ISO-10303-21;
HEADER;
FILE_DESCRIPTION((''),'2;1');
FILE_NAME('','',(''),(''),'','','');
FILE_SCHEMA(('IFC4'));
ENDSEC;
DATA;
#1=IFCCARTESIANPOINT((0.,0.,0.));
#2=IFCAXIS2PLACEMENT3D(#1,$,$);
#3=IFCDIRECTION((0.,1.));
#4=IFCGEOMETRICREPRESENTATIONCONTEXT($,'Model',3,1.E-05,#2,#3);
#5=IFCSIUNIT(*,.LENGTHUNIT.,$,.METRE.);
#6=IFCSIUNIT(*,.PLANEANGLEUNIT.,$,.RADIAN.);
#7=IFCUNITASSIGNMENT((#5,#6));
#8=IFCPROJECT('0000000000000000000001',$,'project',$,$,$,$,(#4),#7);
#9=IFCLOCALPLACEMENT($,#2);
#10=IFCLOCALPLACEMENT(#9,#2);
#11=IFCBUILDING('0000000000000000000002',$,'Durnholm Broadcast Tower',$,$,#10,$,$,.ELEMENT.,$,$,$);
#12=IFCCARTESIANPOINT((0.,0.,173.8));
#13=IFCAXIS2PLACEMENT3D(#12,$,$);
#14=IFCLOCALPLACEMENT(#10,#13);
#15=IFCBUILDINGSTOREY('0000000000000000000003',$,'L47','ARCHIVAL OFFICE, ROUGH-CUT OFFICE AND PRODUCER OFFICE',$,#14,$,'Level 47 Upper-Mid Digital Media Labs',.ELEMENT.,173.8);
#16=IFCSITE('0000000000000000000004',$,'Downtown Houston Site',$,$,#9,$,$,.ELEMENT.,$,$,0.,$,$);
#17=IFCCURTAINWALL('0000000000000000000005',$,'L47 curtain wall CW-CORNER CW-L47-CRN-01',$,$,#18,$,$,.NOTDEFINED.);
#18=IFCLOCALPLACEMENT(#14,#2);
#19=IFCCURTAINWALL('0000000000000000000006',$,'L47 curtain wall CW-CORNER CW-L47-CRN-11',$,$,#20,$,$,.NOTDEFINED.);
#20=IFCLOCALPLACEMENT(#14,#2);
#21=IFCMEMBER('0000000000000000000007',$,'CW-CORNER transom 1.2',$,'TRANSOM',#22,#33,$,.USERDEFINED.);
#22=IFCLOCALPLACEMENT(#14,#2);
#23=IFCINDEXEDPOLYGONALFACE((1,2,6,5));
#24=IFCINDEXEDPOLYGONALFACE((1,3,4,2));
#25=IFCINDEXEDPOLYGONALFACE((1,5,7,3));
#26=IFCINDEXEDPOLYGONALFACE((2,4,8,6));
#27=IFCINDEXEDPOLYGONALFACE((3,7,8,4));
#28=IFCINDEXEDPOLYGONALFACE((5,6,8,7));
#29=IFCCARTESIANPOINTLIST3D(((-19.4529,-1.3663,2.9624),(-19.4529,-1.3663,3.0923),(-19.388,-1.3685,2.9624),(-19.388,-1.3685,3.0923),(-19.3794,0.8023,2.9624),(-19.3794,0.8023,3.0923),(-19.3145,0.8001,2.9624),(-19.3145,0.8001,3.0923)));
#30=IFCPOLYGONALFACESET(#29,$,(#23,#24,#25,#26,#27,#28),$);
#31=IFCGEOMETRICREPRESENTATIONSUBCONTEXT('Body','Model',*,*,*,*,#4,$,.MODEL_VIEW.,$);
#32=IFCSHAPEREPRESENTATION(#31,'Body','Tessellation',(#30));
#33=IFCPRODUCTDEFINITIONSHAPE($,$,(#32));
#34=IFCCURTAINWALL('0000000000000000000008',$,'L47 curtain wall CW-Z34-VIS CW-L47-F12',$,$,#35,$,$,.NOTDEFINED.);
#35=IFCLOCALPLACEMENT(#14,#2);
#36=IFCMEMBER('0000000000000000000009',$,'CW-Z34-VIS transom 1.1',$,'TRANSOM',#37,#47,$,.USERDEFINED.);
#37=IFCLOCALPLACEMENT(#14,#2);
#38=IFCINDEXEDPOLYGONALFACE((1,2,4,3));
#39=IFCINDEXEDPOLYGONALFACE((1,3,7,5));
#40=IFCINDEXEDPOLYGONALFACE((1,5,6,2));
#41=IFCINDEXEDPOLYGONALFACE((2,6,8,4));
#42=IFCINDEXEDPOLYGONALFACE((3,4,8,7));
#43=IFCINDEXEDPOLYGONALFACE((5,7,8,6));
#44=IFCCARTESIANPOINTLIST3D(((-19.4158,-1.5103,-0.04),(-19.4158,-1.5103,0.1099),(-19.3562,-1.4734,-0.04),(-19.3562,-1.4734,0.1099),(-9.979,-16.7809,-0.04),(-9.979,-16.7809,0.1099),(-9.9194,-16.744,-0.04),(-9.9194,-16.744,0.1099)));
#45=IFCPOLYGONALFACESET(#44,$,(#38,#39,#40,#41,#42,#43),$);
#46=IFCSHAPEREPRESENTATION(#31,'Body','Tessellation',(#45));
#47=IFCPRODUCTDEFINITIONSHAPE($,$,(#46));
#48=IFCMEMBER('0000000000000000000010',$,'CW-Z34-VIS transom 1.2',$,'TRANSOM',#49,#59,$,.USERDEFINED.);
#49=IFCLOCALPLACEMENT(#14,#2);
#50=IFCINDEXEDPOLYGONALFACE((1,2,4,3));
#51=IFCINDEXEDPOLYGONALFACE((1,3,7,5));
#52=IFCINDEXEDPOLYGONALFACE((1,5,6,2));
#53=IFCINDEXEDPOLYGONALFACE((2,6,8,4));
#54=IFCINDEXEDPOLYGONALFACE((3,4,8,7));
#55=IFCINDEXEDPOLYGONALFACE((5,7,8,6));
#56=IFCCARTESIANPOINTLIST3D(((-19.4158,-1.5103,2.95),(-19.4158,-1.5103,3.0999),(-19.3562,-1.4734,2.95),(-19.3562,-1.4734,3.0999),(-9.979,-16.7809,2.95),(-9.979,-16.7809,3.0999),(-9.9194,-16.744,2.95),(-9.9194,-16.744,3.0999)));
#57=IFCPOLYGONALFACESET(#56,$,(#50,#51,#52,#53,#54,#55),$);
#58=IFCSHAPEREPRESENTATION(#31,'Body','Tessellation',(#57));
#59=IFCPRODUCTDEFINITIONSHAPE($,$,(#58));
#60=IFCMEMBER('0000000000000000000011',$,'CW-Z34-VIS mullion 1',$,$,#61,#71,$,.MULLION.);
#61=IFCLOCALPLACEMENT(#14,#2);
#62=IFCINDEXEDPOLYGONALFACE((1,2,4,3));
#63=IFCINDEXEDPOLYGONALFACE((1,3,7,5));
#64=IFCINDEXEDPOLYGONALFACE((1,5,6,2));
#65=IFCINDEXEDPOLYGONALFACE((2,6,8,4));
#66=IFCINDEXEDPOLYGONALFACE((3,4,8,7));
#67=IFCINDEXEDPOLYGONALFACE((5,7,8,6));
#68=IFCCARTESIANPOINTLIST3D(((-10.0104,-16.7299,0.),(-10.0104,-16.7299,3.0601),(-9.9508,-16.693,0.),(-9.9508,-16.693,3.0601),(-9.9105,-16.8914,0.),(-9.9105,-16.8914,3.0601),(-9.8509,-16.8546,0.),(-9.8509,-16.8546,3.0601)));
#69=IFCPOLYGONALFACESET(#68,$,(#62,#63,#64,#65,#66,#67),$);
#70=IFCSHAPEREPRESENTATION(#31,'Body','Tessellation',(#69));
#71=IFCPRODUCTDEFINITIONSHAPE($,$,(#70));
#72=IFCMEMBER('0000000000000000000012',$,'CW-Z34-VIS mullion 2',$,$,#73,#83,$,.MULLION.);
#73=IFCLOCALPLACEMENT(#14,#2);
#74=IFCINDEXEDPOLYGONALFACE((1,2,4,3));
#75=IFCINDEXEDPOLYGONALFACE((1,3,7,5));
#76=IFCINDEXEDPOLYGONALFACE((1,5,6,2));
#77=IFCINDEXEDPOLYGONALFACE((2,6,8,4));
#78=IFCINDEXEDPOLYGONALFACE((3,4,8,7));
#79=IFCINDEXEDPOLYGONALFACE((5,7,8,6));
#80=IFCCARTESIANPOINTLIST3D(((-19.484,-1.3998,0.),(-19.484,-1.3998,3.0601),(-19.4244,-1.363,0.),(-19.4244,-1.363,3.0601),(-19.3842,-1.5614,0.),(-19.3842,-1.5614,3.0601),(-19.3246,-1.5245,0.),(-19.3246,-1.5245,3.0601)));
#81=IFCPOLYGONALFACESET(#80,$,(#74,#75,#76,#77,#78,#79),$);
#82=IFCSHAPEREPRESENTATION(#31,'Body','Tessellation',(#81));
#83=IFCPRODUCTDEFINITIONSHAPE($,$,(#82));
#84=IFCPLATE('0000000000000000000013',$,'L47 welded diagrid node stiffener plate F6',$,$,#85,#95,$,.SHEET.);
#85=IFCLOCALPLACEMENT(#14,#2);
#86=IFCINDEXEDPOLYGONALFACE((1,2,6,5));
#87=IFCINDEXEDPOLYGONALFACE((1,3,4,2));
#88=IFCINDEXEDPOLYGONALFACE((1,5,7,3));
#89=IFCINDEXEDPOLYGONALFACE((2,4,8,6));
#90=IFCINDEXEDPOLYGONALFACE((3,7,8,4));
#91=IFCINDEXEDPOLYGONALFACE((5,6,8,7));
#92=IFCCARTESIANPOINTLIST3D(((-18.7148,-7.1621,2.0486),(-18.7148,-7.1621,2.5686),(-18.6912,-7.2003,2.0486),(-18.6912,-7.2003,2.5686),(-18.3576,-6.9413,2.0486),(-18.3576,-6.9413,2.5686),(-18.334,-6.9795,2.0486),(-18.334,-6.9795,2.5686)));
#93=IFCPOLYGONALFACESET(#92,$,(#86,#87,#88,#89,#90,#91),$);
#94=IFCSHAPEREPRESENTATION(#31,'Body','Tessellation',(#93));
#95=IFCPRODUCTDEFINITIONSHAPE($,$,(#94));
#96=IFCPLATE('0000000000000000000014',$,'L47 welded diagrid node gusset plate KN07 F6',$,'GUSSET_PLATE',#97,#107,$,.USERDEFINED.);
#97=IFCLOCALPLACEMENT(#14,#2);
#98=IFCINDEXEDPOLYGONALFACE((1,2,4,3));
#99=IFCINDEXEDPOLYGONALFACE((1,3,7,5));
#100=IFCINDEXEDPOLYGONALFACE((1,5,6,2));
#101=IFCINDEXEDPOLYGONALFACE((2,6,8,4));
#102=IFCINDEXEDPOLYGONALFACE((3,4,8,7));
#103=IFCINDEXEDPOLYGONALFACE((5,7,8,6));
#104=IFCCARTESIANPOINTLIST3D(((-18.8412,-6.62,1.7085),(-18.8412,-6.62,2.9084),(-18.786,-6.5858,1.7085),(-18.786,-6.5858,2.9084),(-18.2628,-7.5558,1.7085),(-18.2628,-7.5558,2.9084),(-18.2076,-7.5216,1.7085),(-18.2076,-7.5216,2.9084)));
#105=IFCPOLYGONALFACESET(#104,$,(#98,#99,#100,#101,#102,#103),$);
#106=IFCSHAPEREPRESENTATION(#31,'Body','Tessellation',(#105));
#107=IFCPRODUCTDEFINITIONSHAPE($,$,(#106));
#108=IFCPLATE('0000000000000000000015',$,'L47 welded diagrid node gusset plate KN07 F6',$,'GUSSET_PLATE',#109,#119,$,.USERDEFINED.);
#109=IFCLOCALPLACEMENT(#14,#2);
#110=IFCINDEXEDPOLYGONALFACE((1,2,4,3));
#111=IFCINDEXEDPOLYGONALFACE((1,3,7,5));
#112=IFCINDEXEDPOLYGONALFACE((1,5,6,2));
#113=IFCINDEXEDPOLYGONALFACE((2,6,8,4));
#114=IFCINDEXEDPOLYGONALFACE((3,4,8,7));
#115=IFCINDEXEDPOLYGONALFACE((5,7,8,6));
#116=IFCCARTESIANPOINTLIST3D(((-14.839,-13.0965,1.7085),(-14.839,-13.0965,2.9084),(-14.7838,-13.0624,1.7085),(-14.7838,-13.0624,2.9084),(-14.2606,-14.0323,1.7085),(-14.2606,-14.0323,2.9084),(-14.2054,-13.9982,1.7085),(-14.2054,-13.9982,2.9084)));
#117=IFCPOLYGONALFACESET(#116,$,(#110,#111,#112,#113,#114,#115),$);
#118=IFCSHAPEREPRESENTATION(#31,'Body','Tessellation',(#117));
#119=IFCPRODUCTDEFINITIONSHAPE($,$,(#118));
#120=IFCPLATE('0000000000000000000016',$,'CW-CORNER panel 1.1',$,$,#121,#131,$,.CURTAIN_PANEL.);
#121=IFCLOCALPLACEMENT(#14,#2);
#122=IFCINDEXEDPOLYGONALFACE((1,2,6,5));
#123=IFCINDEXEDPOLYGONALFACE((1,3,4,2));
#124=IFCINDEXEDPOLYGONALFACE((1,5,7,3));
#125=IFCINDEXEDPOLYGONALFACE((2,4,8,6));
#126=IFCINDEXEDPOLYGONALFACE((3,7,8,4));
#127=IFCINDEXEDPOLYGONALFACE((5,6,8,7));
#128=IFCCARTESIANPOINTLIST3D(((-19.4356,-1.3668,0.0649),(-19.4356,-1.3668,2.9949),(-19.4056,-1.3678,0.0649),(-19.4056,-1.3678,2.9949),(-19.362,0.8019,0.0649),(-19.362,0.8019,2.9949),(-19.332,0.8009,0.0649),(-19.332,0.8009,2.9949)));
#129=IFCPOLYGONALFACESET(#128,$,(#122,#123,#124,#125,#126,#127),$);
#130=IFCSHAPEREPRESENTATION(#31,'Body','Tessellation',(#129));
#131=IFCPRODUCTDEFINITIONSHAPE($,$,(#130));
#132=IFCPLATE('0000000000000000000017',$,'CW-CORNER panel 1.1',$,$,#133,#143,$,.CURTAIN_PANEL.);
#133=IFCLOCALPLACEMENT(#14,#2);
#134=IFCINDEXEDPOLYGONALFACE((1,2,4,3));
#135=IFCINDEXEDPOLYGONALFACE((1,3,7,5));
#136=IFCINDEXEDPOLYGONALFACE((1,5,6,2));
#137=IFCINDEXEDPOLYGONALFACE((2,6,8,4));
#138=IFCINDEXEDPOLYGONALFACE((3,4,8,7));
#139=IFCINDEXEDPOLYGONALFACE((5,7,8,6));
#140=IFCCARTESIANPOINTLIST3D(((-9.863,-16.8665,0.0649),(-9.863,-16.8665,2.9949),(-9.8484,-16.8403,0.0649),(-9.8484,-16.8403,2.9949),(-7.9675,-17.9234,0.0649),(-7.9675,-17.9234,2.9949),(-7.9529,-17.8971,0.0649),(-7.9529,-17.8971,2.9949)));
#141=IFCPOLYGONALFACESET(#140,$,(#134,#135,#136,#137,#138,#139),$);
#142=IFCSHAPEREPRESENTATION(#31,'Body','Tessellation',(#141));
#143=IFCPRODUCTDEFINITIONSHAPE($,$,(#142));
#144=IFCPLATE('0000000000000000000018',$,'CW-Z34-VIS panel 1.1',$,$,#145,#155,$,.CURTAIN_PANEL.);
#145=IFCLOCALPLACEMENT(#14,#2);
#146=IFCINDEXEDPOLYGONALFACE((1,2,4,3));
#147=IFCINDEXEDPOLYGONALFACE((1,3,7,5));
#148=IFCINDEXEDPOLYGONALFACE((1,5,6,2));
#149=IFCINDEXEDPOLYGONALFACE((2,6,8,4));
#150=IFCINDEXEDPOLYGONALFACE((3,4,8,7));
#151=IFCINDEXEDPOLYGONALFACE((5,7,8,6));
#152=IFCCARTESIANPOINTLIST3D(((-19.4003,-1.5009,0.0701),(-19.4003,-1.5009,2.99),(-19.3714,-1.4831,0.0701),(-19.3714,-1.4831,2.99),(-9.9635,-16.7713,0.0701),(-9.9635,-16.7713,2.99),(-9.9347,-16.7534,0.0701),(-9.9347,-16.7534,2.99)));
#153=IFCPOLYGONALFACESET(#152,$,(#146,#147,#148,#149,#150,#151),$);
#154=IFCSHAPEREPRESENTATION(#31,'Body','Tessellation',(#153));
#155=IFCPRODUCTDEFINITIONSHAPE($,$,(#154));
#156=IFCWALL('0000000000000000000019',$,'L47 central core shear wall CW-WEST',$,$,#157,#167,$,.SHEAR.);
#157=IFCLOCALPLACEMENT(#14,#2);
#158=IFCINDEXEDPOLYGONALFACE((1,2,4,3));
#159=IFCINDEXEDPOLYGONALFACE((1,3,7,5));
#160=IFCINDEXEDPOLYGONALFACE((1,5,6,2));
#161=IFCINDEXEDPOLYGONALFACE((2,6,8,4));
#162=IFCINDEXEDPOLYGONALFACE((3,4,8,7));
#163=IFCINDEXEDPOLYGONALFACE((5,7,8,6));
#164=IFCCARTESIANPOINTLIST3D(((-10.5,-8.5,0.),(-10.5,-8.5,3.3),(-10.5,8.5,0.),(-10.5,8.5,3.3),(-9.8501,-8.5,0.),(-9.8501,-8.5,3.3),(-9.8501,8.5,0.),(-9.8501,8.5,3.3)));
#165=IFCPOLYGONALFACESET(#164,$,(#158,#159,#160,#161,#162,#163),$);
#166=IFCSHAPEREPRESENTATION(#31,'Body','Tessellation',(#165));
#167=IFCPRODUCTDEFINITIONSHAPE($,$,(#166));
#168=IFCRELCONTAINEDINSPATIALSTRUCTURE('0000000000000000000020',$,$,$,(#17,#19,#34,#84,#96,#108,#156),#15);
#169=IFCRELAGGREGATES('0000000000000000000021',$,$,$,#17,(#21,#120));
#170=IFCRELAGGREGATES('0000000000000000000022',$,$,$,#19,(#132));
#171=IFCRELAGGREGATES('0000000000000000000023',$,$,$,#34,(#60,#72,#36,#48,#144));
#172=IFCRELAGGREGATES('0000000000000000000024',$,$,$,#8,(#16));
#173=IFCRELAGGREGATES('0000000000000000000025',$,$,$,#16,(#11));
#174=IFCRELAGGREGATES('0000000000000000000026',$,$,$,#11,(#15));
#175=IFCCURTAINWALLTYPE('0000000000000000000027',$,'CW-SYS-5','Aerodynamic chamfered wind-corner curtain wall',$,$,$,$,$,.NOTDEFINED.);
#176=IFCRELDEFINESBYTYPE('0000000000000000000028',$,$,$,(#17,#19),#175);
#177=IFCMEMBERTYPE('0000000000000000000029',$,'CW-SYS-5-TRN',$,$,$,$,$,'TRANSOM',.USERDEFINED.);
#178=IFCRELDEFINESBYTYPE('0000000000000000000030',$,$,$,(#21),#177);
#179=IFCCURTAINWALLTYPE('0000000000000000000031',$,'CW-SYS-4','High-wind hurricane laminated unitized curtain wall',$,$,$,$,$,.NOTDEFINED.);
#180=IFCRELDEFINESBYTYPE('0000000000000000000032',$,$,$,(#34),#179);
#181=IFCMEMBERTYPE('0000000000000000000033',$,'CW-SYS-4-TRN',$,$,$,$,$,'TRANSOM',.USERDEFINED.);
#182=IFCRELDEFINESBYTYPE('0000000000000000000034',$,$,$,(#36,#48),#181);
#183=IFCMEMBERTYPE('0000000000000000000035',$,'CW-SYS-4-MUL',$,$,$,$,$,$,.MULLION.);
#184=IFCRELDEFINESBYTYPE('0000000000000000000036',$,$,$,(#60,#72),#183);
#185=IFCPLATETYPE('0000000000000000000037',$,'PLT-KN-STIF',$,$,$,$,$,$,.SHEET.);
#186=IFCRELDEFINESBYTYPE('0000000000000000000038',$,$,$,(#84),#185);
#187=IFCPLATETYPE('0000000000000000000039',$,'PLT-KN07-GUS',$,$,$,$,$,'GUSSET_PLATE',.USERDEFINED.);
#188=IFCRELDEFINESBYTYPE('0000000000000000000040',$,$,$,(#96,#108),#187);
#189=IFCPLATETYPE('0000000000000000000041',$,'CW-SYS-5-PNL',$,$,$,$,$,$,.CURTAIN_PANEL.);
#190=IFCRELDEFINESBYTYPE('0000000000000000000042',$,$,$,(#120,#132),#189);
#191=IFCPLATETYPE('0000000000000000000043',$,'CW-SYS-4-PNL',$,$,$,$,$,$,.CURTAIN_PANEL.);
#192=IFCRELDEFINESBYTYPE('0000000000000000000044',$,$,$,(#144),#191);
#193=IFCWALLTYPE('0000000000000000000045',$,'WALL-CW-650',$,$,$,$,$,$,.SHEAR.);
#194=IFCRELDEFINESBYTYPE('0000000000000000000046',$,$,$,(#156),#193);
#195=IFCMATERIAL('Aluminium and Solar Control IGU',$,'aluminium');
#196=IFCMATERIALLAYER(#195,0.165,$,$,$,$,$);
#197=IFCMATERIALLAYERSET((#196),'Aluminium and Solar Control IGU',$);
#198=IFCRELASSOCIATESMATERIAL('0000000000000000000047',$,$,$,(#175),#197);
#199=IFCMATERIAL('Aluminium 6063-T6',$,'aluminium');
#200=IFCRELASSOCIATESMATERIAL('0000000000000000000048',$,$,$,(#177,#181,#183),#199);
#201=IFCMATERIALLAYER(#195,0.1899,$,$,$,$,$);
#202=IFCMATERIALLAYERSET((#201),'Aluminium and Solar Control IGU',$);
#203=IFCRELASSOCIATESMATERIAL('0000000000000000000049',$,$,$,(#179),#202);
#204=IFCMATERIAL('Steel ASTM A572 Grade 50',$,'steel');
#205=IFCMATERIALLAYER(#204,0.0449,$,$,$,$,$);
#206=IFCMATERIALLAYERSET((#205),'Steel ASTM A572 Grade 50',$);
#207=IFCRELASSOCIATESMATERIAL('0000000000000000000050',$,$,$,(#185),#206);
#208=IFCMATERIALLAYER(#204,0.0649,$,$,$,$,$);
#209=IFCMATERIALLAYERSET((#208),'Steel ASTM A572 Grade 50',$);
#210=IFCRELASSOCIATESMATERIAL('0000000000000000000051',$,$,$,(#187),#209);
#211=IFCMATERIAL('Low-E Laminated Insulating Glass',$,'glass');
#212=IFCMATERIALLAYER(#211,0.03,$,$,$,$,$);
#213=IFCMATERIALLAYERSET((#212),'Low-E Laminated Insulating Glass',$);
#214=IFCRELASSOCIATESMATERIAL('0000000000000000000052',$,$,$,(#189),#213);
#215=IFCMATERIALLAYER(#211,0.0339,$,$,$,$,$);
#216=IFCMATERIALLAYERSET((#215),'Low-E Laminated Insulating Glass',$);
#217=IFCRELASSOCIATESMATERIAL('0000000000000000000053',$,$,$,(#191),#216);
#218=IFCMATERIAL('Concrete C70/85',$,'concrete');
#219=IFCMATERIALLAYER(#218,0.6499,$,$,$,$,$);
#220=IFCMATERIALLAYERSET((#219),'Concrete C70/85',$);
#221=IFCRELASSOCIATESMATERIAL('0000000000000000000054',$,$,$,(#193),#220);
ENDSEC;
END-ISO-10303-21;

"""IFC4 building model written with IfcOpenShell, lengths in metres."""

from ifc_helpers import new_model, si_unit, direction, frame, frame_2d, origin, origin_2d, place, context, subcontext, project, spatial, rectangle, extrude, source, transform, mapped, material, layer, layer_set, material_profile, profile_set, type_object, type_shapes, element, aggregate, save


model = new_model("IFC4")

# Units and contexts
model_context = context("Model", 3, precision=1e-05, world=origin(), true_north=direction((0.0, 1.0)))
body_context = subcontext(model_context, "Body", "Model", "MODEL_VIEW")
ifc_project = project(units=[si_unit("LENGTHUNIT", "METRE"), si_unit("PLANEANGLEUNIT", "RADIAN")], contexts=[model_context])

# Site, building, storey
site_placement = place(None, origin())
site = spatial("IfcSite", under=ifc_project, at=site_placement, Name="Downtown Houston Site", CompositionType="ELEMENT", RefElevation=0.0)
building_placement = place(site_placement, origin())
building = spatial("IfcBuilding", under=site, at=building_placement, Name="Durnholm Broadcast Tower", CompositionType="ELEMENT")
storey_placement = place(building_placement, frame((0.0, 0.0, 173.8)))
storey = spatial("IfcBuildingStorey", under=building, at=storey_placement, Name="L47", Description="ARCHIVAL OFFICE, ROUGH-CUT OFFICE AND PRODUCER OFFICE", LongName="Level 47 Upper-Mid Digital Media Labs", CompositionType="ELEMENT", Elevation=173.8)

# Shared definitions
ifc_material_1 = material(Name="Concrete C70/85", Category="concrete")

# Curtain walls
ifc_material_2 = material(Name="Aluminium and Solar Control IGU", Category="aluminium")
ifc_layer_1 = layer(ifc_material_2, 0.165)
ifc_layer_set_1 = layer_set([ifc_layer_1], Name="Aluminium and Solar Control IGU")
curtain_wall_type_1 = type_object("IfcCurtainWallType", Name="CW-SYS-5", Description="Aerodynamic chamfered wind-corner curtain wall", PredefinedType="NOTDEFINED", material=ifc_layer_set_1)
curtain_wall_1_placement = place(storey_placement, origin())
curtain_wall_1 = element("IfcCurtainWall", 1, at=curtain_wall_1_placement, inside=storey, type_object=curtain_wall_type_1, Name="L47 curtain wall CW-CORNER CW-L47-CRN-01", PredefinedType="NOTDEFINED")
ifc_material_3 = material(Name="Aluminium 6063-T6", Category="aluminium")
curtain_wall_2_placement = place(storey_placement, origin())
curtain_wall_2 = element("IfcCurtainWall", 2, at=curtain_wall_2_placement, inside=storey, type_object=curtain_wall_type_1, Name="L47 curtain wall CW-CORNER CW-L47-CRN-11", PredefinedType="NOTDEFINED")

# Member
ifc_material_profile_1 = material_profile(ifc_material_3, rectangle(XDim=0.0649, YDim=0.1299, at=origin_2d()), Name="CWT65X130")
ifc_profile_set_1 = profile_set([ifc_material_profile_1], Name="Aluminium 6063-T6")
member_type_1 = type_object("IfcMemberType", Name="CW-SYS-5-TRN", ElementType="TRANSOM", PredefinedType="USERDEFINED", material=ifc_profile_set_1)
shared_shape_1 = source(origin(), body_context, "Body", "SweptSolid", [
    extrude(rectangle(XDim=0.0649, YDim=0.1299, at=origin_2d()), origin(), (0.0, 0.0, 1.0), 2.1699),
])
type_shapes(member_type_1, [shared_shape_1])
member_1_placement = place(storey_placement, frame((-19.4204, -1.3674, 3.0273), z_axis=(0.033866, 0.999426, 0.0), x_axis=(-0.999426, 0.033866, 0.0)))
member_1 = element("IfcMember", 3, at=member_1_placement, type_object=member_type_1, Name="CW-CORNER transom 1.2", ObjectType="TRANSOM", PredefinedType="USERDEFINED", context=body_context, shape_type="MappedRepresentation", body=[
    mapped(shared_shape_1, transform((0.0, 0.0, 0.0), x_axis=(1.0, 0.0, 0.0), y_axis=(0.0, 1.0, 0.0), z_axis=(0.0, 0.0, 1.0), scale=1.0)),
])

# Curtain wall, members
ifc_layer_2 = layer(ifc_material_2, 0.1899)
ifc_layer_set_2 = layer_set([ifc_layer_2], Name="Aluminium and Solar Control IGU")
curtain_wall_type_2 = type_object("IfcCurtainWallType", Name="CW-SYS-4", Description="High-wind hurricane laminated unitized curtain wall", PredefinedType="NOTDEFINED", material=ifc_layer_set_2)
curtain_wall_3_placement = place(storey_placement, origin())
curtain_wall_3 = element("IfcCurtainWall", 4, at=curtain_wall_3_placement, inside=storey, type_object=curtain_wall_type_2, Name="L47 curtain wall CW-Z34-VIS CW-L47-F12", PredefinedType="NOTDEFINED")
ifc_material_profile_2 = material_profile(ifc_material_3, rectangle(XDim=0.0701, YDim=0.1499, at=origin_2d()), Name="CWT70X150")
ifc_profile_set_2 = profile_set([ifc_material_profile_2], Name="Aluminium 6063-T6")
member_type_2 = type_object("IfcMemberType", Name="CW-SYS-4-TRN", ElementType="TRANSOM", PredefinedType="USERDEFINED", material=ifc_profile_set_2)
shared_shape_2 = source(origin(), body_context, "Body", "SweptSolid", [
    extrude(rectangle(XDim=0.0701, YDim=0.1499, at=origin_2d()), origin(), (0.0, 0.0, 1.0), 17.9512),
])
type_shapes(member_type_2, [shared_shape_2])
member_2_placement = place(storey_placement, frame((-9.9492, -16.7625, 0.0349), z_axis=(-0.525694, 0.850674, 0.0), x_axis=(-0.850674, -0.525694, 0.0)))
member_2 = element("IfcMember", 5, at=member_2_placement, type_object=member_type_2, Name="CW-Z34-VIS transom 1.1", ObjectType="TRANSOM", PredefinedType="USERDEFINED", context=body_context, shape_type="MappedRepresentation", body=[
    mapped(shared_shape_2, transform((0.0, 0.0, 0.0), x_axis=(1.0, 0.0, 0.0), y_axis=(0.0, 1.0, 0.0), z_axis=(0.0, 0.0, 1.0), scale=1.0)),
])
member_3_placement = place(storey_placement, frame((-9.9492, -16.7625, 3.0249), z_axis=(-0.525694, 0.850674, 0.0), x_axis=(-0.850674, -0.525694, 0.0)))
member_3 = element("IfcMember", 6, at=member_3_placement, type_object=member_type_2, Name="CW-Z34-VIS transom 1.2", ObjectType="TRANSOM", PredefinedType="USERDEFINED", context=body_context, shape_type="MappedRepresentation", body=[
    mapped(shared_shape_2, transform((0.0, 0.0, 0.0), x_axis=(1.0, 0.0, 0.0), y_axis=(0.0, 1.0, 0.0), z_axis=(0.0, 0.0, 1.0), scale=1.0)),
])
ifc_material_profile_3 = material_profile(ifc_material_3, rectangle(XDim=0.0701, YDim=0.1899, at=origin_2d()), Name="CWM70X190")
ifc_profile_set_3 = profile_set([ifc_material_profile_3], Name="Aluminium 6063-T6")
member_type_3 = type_object("IfcMemberType", Name="CW-SYS-4-MUL", PredefinedType="MULLION", material=ifc_profile_set_3)
shared_shape_3 = source(origin(), body_context, "Body", "SweptSolid", [
    extrude(rectangle(XDim=0.0701, YDim=0.1899, at=origin_2d()), origin(), (0.0, 0.0, 1.0), 3.0601),
])
type_shapes(member_type_3, [shared_shape_3])
member_4_placement = place(storey_placement, frame((-9.9307, -16.7922, 0.0), z_axis=(0.0, 0.0, 1.0), x_axis=(-0.850671, -0.525698, 0.0)))
member_4 = element("IfcMember", 7, at=member_4_placement, type_object=member_type_3, Name="CW-Z34-VIS mullion 1", PredefinedType="MULLION", context=body_context, shape_type="MappedRepresentation", body=[
    mapped(shared_shape_3, transform((0.0, 0.0, 0.0), x_axis=(1.0, 0.0, 0.0), y_axis=(0.0, 1.0, 0.0), z_axis=(0.0, 0.0, 1.0), scale=1.0)),
])
member_5_placement = place(storey_placement, frame((-19.4043, -1.4622, 0.0), z_axis=(0.0, 0.0, 1.0), x_axis=(-0.850671, -0.525698, 0.0)))
member_5 = element("IfcMember", 8, at=member_5_placement, type_object=member_type_3, Name="CW-Z34-VIS mullion 2", PredefinedType="MULLION", context=body_context, shape_type="MappedRepresentation", body=[
    mapped(shared_shape_3, transform((0.0, 0.0, 0.0), x_axis=(1.0, 0.0, 0.0), y_axis=(0.0, 1.0, 0.0), z_axis=(0.0, 0.0, 1.0), scale=1.0)),
])

# Plates
ifc_material_4 = material(Name="Steel ASTM A572 Grade 50", Category="steel")
ifc_layer_3 = layer(ifc_material_4, 0.0449)
ifc_layer_set_3 = layer_set([ifc_layer_3], Name="Steel ASTM A572 Grade 50")
plate_type_1 = type_object("IfcPlateType", Name="PLT-KN-STIF", PredefinedType="SHEET", material=ifc_layer_set_3)
shared_shape_4 = source(origin(), body_context, "Body", "SweptSolid", [
    extrude(rectangle(XDim=0.0449, YDim=0.4199, at=origin_2d()), origin(), (0.0, 0.0, 1.0), 0.52),
])
type_shapes(plate_type_1, [shared_shape_4])
plate_1_placement = place(storey_placement, frame((-18.5244, -7.0708, 2.0486), z_axis=(0.0, 0.0, 1.0), x_axis=(0.525769, -0.850628, 0.0)))
element("IfcPlate", 9, at=plate_1_placement, inside=storey, type_object=plate_type_1, Name="L47 welded diagrid node stiffener plate F6", PredefinedType="SHEET", context=body_context, shape_type="MappedRepresentation", body=[
    mapped(shared_shape_4, transform((0.0, 0.0, 0.0), x_axis=(1.0, 0.0, 0.0), y_axis=(0.0, 1.0, 0.0), z_axis=(0.0, 0.0, 1.0), scale=1.0)),
])
ifc_layer_4 = layer(ifc_material_4, 0.0649)
ifc_layer_set_4 = layer_set([ifc_layer_4], Name="Steel ASTM A572 Grade 50")
plate_type_2 = type_object("IfcPlateType", Name="PLT-KN07-GUS", ElementType="GUSSET_PLATE", PredefinedType="USERDEFINED", material=ifc_layer_set_4)
shared_shape_5 = source(origin(), body_context, "Body", "SweptSolid", [
    extrude(rectangle(XDim=1.1001, YDim=0.0649, at=origin_2d()), origin(), (0.0, 0.0, 1.0), 1.2),
])
type_shapes(plate_type_2, [shared_shape_5])
for number, where, z_axis, x_axis, name in (
    (10, (-18.5244, -7.0708, 1.7085), (0.0, 0.0, 1.0), (0.525769, -0.850628, 0.0), "L47 welded diagrid node gusset plate KN07 F6"),
    (11, (-14.5222, -13.5474, 1.7085), (0.0, 0.0, 1.0), (0.525769, -0.850628, 0.0), "L47 welded diagrid node gusset plate KN07 F6"),
):
    element("IfcPlate", number, at=place(storey_placement, frame(where, z_axis=z_axis, x_axis=x_axis)), inside=storey, type_object=plate_type_2, Name=name, ObjectType="GUSSET_PLATE", PredefinedType="USERDEFINED", context=body_context, shape_type="MappedRepresentation", body=[
        mapped(shared_shape_5, transform((0.0, 0.0, 0.0), x_axis=(1.0, 0.0, 0.0), y_axis=(0.0, 1.0, 0.0), z_axis=(0.0, 0.0, 1.0), scale=1.0)),
    ])

# Plates
ifc_material_5 = material(Name="Low-E Laminated Insulating Glass", Category="glass")
ifc_layer_5 = layer(ifc_material_5, 0.03)
ifc_layer_set_5 = layer_set([ifc_layer_5], Name="Low-E Laminated Insulating Glass")
plate_type_3 = type_object("IfcPlateType", Name="CW-SYS-5-PNL", PredefinedType="CURTAIN_PANEL", material=ifc_layer_set_5)
shared_shape_6 = source(origin(), body_context, "Body", "SweptSolid", [
    extrude(rectangle(XDim=2.1699, YDim=0.03, at=origin_2d()), origin(), (0.0, 0.0, 1.0), 2.9299),
])
plate_2_placement = place(storey_placement, frame((-19.3838, -0.283, 0.0649), z_axis=(0.0, 0.0, 1.0), x_axis=(0.033913, 0.999425, 0.0)))
plate_2 = element("IfcPlate", 12, at=plate_2_placement, type_object=plate_type_3, Name="CW-CORNER panel 1.1", PredefinedType="CURTAIN_PANEL", context=body_context, shape_type="MappedRepresentation", body=[
    mapped(shared_shape_6, transform((0.0, 0.0, 0.0), x_axis=(1.0, 0.0, 0.0), y_axis=(0.0, 1.0, 0.0), z_axis=(0.0, 0.0, 1.0), scale=1.0)),
])
aggregate(curtain_wall_1, [member_1, plate_2])
shared_shape_7 = source(origin(), body_context, "Body", "SweptSolid", [
    extrude(rectangle(XDim=2.1702, YDim=0.03, at=origin_2d()), origin(), (0.0, 0.0, 1.0), 2.9299),
])
type_shapes(plate_type_3, [shared_shape_6, shared_shape_7])
plate_3_placement = place(storey_placement, frame((-8.908, -17.3818, 0.0649), z_axis=(0.0, 0.0, 1.0), x_axis=(-0.87341, 0.486986, 0.0)))
plate_3 = element("IfcPlate", 13, at=plate_3_placement, type_object=plate_type_3, Name="CW-CORNER panel 1.1", PredefinedType="CURTAIN_PANEL", context=body_context, shape_type="MappedRepresentation", body=[
    mapped(shared_shape_7, transform((0.0, 0.0, 0.0), x_axis=(1.0, 0.0, 0.0), y_axis=(0.0, 1.0, 0.0), z_axis=(0.0, 0.0, 1.0), scale=1.0)),
])
aggregate(curtain_wall_2, [plate_3])
ifc_layer_6 = layer(ifc_material_5, 0.0339)
ifc_layer_set_6 = layer_set([ifc_layer_6], Name="Low-E Laminated Insulating Glass")
plate_type_4 = type_object("IfcPlateType", Name="CW-SYS-4-PNL", PredefinedType="CURTAIN_PANEL", material=ifc_layer_set_6)
shared_shape_8 = source(origin(), body_context, "Body", "SweptSolid", [
    extrude(rectangle(XDim=17.9509, YDim=0.0339, at=origin_2d()), origin(), (0.0, 0.0, 1.0), 2.9199),
])
type_shapes(plate_type_4, [shared_shape_8])
plate_4_placement = place(storey_placement, frame((-14.6675, -9.1272, 0.0701), z_axis=(0.0, 0.0, 1.0), x_axis=(-0.525698, 0.850671, 0.0)))
plate_4 = element("IfcPlate", 14, at=plate_4_placement, type_object=plate_type_4, Name="CW-Z34-VIS panel 1.1", PredefinedType="CURTAIN_PANEL", context=body_context, shape_type="MappedRepresentation", body=[
    mapped(shared_shape_8, transform((0.0, 0.0, 0.0), x_axis=(1.0, 0.0, 0.0), y_axis=(0.0, 1.0, 0.0), z_axis=(0.0, 0.0, 1.0), scale=1.0)),
])
aggregate(curtain_wall_3, [member_4, member_5, member_2, member_3, plate_4])

# Wall
ifc_layer_7 = layer(ifc_material_1, 0.6499)
ifc_layer_set_7 = layer_set([ifc_layer_7], Name="Concrete C70/85")
wall_type_1 = type_object("IfcWallType", Name="WALL-CW-650", PredefinedType="SHEAR", material=ifc_layer_set_7)
wall_1_placement = place(storey_placement, frame((-10.175, -8.5, 0.0), z_axis=(0.0, 0.0, 1.0), x_axis=(0.0, 1.0, 0.0)))
element("IfcWall", 15, at=wall_1_placement, inside=storey, type_object=wall_type_1, Name="L47 central core shear wall CW-WEST", PredefinedType="SHEAR", context=body_context, shape_type="SweptSolid", body=[
    extrude(rectangle(XDim=17.0, YDim=0.6499, at=frame_2d((8.5, 0.0))), origin(), (0.0, 0.0, 1.0), 3.3),
])

save(model, "model.ifc")
